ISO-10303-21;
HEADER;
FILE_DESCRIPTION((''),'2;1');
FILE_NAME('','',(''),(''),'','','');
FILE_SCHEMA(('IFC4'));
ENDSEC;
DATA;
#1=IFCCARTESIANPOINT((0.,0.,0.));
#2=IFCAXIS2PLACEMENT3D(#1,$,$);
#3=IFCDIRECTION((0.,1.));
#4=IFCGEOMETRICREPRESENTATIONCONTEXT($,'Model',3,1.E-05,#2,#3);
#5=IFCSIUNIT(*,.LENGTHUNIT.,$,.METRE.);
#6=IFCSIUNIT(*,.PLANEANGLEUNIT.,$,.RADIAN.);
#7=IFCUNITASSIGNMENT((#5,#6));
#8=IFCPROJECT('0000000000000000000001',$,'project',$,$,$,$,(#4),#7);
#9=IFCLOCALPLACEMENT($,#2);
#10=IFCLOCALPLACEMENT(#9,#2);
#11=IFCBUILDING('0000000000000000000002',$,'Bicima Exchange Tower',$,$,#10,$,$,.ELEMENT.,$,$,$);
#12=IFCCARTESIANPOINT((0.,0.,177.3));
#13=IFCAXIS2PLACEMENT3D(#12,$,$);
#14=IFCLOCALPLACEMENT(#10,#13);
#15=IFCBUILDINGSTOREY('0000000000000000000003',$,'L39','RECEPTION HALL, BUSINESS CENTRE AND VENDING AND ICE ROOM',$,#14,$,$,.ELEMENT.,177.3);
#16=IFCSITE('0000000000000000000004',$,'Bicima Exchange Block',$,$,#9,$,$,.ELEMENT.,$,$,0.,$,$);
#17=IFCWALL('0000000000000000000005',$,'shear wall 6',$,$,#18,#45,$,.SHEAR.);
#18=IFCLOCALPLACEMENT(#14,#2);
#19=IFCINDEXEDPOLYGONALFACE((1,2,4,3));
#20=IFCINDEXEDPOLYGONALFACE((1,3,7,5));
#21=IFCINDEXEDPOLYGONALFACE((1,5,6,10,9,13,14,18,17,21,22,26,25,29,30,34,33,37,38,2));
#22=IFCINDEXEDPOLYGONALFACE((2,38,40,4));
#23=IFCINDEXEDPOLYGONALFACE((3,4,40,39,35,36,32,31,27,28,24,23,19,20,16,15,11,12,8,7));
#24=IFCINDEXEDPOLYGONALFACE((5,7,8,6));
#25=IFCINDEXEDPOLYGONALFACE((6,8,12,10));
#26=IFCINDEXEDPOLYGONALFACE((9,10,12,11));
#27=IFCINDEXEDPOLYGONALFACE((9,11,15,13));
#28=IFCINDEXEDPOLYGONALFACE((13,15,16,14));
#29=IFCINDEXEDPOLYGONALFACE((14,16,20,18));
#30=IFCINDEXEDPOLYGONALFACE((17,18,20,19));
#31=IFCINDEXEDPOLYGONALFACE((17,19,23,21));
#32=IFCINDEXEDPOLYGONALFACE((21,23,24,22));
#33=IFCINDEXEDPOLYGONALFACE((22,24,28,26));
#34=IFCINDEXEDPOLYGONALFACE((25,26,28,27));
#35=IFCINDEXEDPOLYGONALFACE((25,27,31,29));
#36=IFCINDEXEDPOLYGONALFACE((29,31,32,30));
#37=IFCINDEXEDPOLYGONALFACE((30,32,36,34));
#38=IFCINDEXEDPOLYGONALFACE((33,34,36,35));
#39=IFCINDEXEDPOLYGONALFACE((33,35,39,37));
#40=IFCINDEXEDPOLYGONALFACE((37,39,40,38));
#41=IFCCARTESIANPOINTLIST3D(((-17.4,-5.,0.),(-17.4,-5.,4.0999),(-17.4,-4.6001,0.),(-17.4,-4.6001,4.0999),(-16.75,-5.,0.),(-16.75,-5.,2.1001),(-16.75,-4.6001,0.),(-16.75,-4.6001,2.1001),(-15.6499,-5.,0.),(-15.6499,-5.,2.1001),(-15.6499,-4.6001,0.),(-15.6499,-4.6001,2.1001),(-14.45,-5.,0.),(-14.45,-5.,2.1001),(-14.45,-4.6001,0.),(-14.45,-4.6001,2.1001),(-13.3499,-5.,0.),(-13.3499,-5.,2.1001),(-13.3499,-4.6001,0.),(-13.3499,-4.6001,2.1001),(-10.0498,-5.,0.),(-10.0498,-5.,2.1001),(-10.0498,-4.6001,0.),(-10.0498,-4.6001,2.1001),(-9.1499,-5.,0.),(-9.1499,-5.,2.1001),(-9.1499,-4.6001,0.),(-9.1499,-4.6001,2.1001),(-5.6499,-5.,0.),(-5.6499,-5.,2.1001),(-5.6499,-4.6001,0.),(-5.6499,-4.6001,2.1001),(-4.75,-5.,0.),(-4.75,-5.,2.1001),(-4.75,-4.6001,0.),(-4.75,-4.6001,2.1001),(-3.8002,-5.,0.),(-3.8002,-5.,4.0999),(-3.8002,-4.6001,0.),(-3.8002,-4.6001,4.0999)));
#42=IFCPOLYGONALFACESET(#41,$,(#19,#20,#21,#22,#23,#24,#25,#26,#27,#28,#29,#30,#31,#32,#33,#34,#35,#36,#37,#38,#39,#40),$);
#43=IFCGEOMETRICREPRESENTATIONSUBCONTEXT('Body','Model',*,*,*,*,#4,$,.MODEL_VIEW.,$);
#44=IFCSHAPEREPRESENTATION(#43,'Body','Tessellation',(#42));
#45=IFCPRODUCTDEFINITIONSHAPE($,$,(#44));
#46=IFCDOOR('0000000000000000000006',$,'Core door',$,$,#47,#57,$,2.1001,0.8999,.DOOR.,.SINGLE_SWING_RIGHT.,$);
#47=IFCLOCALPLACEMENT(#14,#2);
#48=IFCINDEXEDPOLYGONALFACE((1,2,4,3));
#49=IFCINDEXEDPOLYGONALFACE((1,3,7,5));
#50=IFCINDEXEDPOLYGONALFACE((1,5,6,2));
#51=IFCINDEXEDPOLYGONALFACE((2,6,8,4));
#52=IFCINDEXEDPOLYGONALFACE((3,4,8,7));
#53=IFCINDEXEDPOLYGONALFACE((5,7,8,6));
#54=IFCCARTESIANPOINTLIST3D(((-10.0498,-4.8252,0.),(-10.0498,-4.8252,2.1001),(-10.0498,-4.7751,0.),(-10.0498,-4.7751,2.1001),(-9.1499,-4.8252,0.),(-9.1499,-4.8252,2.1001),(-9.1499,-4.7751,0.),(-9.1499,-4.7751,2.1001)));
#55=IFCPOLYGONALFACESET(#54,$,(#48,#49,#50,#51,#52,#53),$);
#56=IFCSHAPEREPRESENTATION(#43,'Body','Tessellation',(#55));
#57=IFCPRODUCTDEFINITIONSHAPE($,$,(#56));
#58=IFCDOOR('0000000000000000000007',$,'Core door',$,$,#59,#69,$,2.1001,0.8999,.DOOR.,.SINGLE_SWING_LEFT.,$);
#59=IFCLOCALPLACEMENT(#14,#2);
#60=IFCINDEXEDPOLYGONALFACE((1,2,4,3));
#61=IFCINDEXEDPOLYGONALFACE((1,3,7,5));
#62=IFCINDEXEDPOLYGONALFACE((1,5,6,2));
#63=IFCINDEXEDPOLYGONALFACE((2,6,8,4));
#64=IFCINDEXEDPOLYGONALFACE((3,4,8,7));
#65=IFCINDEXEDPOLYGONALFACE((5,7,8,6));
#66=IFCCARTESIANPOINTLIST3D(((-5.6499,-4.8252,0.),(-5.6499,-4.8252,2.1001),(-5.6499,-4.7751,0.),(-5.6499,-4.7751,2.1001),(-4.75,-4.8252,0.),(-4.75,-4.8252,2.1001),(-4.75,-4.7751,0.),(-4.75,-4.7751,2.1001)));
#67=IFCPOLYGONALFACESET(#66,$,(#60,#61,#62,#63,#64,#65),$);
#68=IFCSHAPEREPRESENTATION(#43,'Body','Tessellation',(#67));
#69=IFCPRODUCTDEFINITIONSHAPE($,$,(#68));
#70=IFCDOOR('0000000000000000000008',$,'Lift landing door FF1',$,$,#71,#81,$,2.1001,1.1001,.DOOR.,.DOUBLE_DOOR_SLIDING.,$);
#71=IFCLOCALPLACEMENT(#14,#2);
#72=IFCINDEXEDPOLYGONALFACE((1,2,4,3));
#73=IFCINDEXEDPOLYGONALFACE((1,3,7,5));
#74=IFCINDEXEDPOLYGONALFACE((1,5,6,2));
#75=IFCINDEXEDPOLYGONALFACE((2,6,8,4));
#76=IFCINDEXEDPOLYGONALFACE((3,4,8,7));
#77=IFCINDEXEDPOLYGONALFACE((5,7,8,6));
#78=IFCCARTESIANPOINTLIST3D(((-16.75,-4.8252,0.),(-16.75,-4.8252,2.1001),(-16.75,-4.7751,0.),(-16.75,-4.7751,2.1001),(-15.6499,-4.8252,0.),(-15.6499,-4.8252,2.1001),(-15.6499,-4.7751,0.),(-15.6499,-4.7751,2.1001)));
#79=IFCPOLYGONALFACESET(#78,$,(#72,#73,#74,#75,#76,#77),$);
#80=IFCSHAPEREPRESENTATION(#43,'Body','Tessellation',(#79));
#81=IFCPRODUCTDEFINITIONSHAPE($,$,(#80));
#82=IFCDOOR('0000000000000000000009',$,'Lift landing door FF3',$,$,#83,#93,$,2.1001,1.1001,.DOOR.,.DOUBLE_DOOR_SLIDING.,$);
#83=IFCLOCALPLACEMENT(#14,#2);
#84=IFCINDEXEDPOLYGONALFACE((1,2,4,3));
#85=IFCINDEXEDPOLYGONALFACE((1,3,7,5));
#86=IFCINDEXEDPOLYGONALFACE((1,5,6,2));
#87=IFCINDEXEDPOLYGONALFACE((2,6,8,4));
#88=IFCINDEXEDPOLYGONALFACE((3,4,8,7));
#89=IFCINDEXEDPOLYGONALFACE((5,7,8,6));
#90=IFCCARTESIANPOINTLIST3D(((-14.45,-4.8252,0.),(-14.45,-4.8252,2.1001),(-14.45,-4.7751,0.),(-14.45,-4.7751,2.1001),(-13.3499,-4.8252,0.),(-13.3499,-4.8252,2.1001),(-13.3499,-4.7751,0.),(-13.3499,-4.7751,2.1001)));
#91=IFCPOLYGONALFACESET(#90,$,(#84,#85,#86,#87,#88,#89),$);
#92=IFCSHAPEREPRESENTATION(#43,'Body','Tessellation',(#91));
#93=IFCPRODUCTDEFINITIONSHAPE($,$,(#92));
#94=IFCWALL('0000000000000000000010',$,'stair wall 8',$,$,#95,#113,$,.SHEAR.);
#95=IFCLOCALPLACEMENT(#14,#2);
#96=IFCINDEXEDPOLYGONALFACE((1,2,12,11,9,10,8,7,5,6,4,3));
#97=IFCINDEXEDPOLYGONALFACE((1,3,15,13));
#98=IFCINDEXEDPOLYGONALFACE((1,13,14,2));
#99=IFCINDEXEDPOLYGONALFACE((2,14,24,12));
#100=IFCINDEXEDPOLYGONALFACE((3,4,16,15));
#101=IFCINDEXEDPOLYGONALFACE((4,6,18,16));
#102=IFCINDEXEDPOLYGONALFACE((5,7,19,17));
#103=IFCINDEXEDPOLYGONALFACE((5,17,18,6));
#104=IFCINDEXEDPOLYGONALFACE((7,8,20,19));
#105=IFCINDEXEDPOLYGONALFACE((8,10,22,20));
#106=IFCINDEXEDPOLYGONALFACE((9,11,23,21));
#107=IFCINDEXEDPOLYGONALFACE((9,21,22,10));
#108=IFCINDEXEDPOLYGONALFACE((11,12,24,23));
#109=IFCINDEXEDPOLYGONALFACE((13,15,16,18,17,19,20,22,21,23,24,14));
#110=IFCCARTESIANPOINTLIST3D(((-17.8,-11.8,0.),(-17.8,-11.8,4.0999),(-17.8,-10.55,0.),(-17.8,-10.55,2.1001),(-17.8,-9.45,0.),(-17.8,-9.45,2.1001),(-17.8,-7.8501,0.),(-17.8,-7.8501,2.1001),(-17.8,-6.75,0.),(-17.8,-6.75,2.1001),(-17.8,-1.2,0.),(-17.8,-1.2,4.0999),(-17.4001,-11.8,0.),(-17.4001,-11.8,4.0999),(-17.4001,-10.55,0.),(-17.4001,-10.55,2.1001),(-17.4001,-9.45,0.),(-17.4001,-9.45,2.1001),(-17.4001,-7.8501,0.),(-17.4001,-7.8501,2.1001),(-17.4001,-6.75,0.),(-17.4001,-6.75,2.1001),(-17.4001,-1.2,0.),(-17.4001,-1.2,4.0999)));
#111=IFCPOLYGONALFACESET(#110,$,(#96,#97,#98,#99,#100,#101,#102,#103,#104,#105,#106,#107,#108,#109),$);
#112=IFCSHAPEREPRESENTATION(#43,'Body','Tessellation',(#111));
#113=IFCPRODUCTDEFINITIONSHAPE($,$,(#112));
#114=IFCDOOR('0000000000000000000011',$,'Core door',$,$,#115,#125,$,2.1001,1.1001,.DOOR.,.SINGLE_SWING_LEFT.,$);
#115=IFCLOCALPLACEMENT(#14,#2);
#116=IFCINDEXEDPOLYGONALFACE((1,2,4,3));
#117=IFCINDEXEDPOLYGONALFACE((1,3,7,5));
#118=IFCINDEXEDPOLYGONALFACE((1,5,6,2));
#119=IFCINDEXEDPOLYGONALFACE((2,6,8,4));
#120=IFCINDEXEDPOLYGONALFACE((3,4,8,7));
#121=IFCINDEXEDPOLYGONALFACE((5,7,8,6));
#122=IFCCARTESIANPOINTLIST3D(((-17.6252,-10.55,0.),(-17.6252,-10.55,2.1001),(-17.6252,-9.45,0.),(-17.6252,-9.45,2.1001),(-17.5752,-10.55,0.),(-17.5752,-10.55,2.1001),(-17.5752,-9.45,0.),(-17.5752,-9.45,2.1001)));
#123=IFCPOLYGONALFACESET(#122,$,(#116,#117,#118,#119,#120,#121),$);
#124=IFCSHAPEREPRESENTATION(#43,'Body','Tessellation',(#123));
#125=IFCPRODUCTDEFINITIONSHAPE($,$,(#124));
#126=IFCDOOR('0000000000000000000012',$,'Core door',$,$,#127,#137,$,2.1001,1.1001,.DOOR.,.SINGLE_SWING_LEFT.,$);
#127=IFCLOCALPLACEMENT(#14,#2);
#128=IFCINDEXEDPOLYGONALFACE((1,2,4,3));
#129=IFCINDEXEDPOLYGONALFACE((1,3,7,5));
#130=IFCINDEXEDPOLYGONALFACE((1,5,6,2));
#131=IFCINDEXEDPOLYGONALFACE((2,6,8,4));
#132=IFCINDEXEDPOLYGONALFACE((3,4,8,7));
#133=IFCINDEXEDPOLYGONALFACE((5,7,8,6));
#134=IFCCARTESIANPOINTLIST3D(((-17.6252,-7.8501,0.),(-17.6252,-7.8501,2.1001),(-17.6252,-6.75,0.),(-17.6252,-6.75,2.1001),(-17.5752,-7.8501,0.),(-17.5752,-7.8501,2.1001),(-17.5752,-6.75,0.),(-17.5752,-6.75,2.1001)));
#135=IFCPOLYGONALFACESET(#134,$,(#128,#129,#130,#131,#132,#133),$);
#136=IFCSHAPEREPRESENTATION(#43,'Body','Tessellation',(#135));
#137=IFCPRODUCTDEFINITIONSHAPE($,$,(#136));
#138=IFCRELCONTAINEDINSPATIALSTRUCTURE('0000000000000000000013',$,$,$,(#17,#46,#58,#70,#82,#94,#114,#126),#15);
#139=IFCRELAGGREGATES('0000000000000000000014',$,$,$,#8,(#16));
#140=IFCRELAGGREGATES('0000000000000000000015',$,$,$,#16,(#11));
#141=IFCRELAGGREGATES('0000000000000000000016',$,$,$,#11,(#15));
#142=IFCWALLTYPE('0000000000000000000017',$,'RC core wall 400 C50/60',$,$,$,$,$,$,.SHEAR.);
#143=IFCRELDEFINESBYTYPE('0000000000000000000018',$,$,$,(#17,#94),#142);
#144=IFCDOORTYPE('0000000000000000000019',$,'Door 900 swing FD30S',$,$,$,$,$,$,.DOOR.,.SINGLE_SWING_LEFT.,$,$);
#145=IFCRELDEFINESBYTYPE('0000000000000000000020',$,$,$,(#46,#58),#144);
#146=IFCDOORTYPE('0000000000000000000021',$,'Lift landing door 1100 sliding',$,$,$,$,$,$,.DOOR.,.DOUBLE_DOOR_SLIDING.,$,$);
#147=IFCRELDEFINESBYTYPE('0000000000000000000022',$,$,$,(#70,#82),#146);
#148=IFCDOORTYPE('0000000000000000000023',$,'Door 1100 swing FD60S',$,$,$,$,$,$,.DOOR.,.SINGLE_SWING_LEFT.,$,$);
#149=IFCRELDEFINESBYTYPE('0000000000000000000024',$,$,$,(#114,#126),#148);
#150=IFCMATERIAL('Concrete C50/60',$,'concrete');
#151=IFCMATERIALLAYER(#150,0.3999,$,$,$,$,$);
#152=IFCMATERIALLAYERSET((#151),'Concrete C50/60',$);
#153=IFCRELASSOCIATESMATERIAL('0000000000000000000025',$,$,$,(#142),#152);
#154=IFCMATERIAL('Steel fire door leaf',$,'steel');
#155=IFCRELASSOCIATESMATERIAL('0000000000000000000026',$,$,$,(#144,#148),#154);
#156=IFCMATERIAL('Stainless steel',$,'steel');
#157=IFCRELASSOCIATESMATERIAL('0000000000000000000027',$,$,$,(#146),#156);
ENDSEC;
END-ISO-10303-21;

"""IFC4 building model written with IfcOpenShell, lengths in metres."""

from ifc_helpers import new_model, si_unit, direction, frame, frame_2d, origin, place, context, subcontext, project, spatial, rectangle, extrude, material, layer, layer_set, type_object, element, fill, save


model = new_model("IFC4")

# Units and contexts
model_context = context("Model", 3, precision=1e-05, world=origin(), true_north=direction((0.0, 1.0)))
body_context = subcontext(model_context, "Body", "Model", "MODEL_VIEW")
ifc_project = project(units=[si_unit("LENGTHUNIT", "METRE"), si_unit("PLANEANGLEUNIT", "RADIAN")], contexts=[model_context])

# Site, building, storey
site_placement = place(None, origin())
site = spatial("IfcSite", under=ifc_project, at=site_placement, Name="Bicima Exchange Block", CompositionType="ELEMENT", RefElevation=0.0)
building_placement = place(site_placement, origin())
building = spatial("IfcBuilding", under=site, at=building_placement, Name="Bicima Exchange Tower", CompositionType="ELEMENT")
storey_placement = place(building_placement, frame((0.0, 0.0, 177.3)))
storey = spatial("IfcBuildingStorey", under=building, at=storey_placement, Name="L39", Description="RECEPTION HALL, BUSINESS CENTRE AND VENDING AND ICE ROOM", CompositionType="ELEMENT", Elevation=177.3)

# Walls, openings, doors
ifc_material_1 = material(Name="Concrete C50/60", Category="concrete")
ifc_layer_1 = layer(ifc_material_1, 0.3999)
ifc_layer_set_1 = layer_set([ifc_layer_1], Name="Concrete C50/60")
wall_type_1 = type_object("IfcWallType", Name="RC core wall 400 C50/60", PredefinedType="SHEAR", material=ifc_layer_set_1)
ifc_material_2 = material(Name="Steel fire door leaf", Category="steel")
door_type_1 = type_object("IfcDoorType", Name="Door 900 swing FD30S", OperationType="SINGLE_SWING_LEFT", PredefinedType="DOOR", material=ifc_material_2)
ifc_material_3 = material(Name="Stainless steel", Category="steel")
wall_1_placement = place(storey_placement, frame((-17.3999, -4.8, 0.0), z_axis=(0.0, 0.0, 1.0), x_axis=(1.0, 0.0, 0.0)))
wall_1 = element("IfcWall", 1, at=wall_1_placement, inside=storey, type_object=wall_type_1, Name="shear wall 6", PredefinedType="SHEAR", context=body_context, shape_type="SweptSolid", body=[
    extrude(rectangle(XDim=13.5999, YDim=0.3999, at=frame_2d((6.7998, 0.0))), origin(), (0.0, 0.0, 1.0), 4.0999),
])
opening_1_placement = place(wall_1_placement, frame((0.6499, 0.0, 0.0)))
opening_1 = element("IfcOpeningElement", 2, at=opening_1_placement, cuts=wall_1, PredefinedType="OPENING", context=body_context, shape_type="SweptSolid", body=[
    extrude(rectangle(XDim=1.1001, YDim=2.1001, at=frame_2d((0.55, 1.05))), frame((0.0, 0.2119, 0.0), z_axis=(0.0, -1.0, 0.0), x_axis=(1.0, 0.0, 0.0)), (0.0, 0.0, 1.0), 0.4238),
])
opening_2_placement = place(wall_1_placement, frame((2.95, 0.0, 0.0)))
opening_2 = element("IfcOpeningElement", 3, at=opening_2_placement, cuts=wall_1, PredefinedType="OPENING", context=body_context, shape_type="SweptSolid", body=[
    extrude(rectangle(XDim=1.1001, YDim=2.1001, at=frame_2d((0.55, 1.05))), frame((0.0, 0.2119, 0.0), z_axis=(0.0, -1.0, 0.0), x_axis=(1.0, 0.0, 0.0)), (0.0, 0.0, 1.0), 0.4238),
])
opening_3_placement = place(wall_1_placement, frame((7.3501, 0.0, 0.0)))
opening_3 = element("IfcOpeningElement", 4, at=opening_3_placement, cuts=wall_1, PredefinedType="OPENING", context=body_context, shape_type="SweptSolid", body=[
    extrude(rectangle(XDim=0.8999, YDim=2.1001, at=frame_2d((0.45, 1.05))), frame((0.0, 0.2119, 0.0), z_axis=(0.0, -1.0, 0.0), x_axis=(1.0, 0.0, 0.0)), (0.0, 0.0, 1.0), 0.4238),
])
opening_4_placement = place(wall_1_placement, frame((11.75, 0.0, 0.0)))
opening_4 = element("IfcOpeningElement", 5, at=opening_4_placement, cuts=wall_1, PredefinedType="OPENING", context=body_context, shape_type="SweptSolid", body=[
    extrude(rectangle(XDim=0.8999, YDim=2.1001, at=frame_2d((0.45, 1.05))), frame((0.0, 0.2119, 0.0), z_axis=(0.0, -1.0, 0.0), x_axis=(1.0, 0.0, 0.0)), (0.0, 0.0, 1.0), 0.4238),
])
door_1_placement = place(opening_3_placement, origin())
door_1 = element("IfcDoor", 6, at=door_1_placement, inside=storey, type_object=door_type_1, Name="Core door", OperationType="SINGLE_SWING_RIGHT", OverallHeight=2.1001, OverallWidth=0.8999, PredefinedType="DOOR", context=body_context, shape_type="SweptSolid", body=[
    extrude(rectangle(XDim=0.8999, YDim=2.1001, at=frame_2d((0.45, 1.05))), frame((0.0, 0.0249, 0.0), z_axis=(0.0, -1.0, 0.0), x_axis=(1.0, 0.0, 0.0)), (0.0, 0.0, 1.0), 0.05),
])
fill(opening_3, door_1)
door_2_placement = place(opening_4_placement, origin())
door_2 = element("IfcDoor", 7, at=door_2_placement, inside=storey, type_object=door_type_1, Name="Core door", OperationType="SINGLE_SWING_LEFT", OverallHeight=2.1001, OverallWidth=0.8999, PredefinedType="DOOR", context=body_context, shape_type="SweptSolid", body=[
    extrude(rectangle(XDim=0.8999, YDim=2.1001, at=frame_2d((0.45, 1.05))), frame((0.0, 0.0249, 0.0), z_axis=(0.0, -1.0, 0.0), x_axis=(1.0, 0.0, 0.0)), (0.0, 0.0, 1.0), 0.05),
])
fill(opening_4, door_2)
door_type_2 = type_object("IfcDoorType", Name="Lift landing door 1100 sliding", OperationType="DOUBLE_DOOR_SLIDING", PredefinedType="DOOR", material=ifc_material_3)
door_3_placement = place(opening_1_placement, origin())
door_3 = element("IfcDoor", 8, at=door_3_placement, inside=storey, type_object=door_type_2, Name="Lift landing door FF1", OperationType="DOUBLE_DOOR_SLIDING", OverallHeight=2.1001, OverallWidth=1.1001, PredefinedType="DOOR", context=body_context, shape_type="SweptSolid", body=[
    extrude(rectangle(XDim=1.1001, YDim=2.1001, at=frame_2d((0.55, 1.05))), frame((0.0, 0.0249, 0.0), z_axis=(0.0, -1.0, 0.0), x_axis=(1.0, 0.0, 0.0)), (0.0, 0.0, 1.0), 0.05),
])
fill(opening_1, door_3)
door_4_placement = place(opening_2_placement, origin())
door_4 = element("IfcDoor", 9, at=door_4_placement, inside=storey, type_object=door_type_2, Name="Lift landing door FF3", OperationType="DOUBLE_DOOR_SLIDING", OverallHeight=2.1001, OverallWidth=1.1001, PredefinedType="DOOR", context=body_context, shape_type="SweptSolid", body=[
    extrude(rectangle(XDim=1.1001, YDim=2.1001, at=frame_2d((0.55, 1.05))), frame((0.0, 0.0249, 0.0), z_axis=(0.0, -1.0, 0.0), x_axis=(1.0, 0.0, 0.0)), (0.0, 0.0, 1.0), 0.05),
])
fill(opening_2, door_4)
wall_2_placement = place(storey_placement, frame((-17.6001, -11.8, 0.0), z_axis=(0.0, 0.0, 1.0), x_axis=(0.0, 1.0, 0.0)))
wall_2 = element("IfcWall", 10, at=wall_2_placement, inside=storey, type_object=wall_type_1, Name="stair wall 8", PredefinedType="SHEAR", context=body_context, shape_type="SweptSolid", body=[
    extrude(rectangle(XDim=10.6001, YDim=0.3999, at=frame_2d((5.3, 0.0))), origin(), (0.0, 0.0, 1.0), 4.0999),
])
opening_5_placement = place(wall_2_placement, frame((1.25, 0.0, 0.0)))
opening_5 = element("IfcOpeningElement", 11, at=opening_5_placement, cuts=wall_2, PredefinedType="OPENING", context=body_context, shape_type="SweptSolid", body=[
    extrude(rectangle(XDim=1.1001, YDim=2.1001, at=frame_2d((0.55, 1.05))), frame((0.0, 0.2119, 0.0), z_axis=(0.0, -1.0, 0.0), x_axis=(1.0, 0.0, 0.0)), (0.0, 0.0, 1.0), 0.4238),
])
opening_6_placement = place(wall_2_placement, frame((3.95, 0.0, 0.0)))
opening_6 = element("IfcOpeningElement", 12, at=opening_6_placement, cuts=wall_2, PredefinedType="OPENING", context=body_context, shape_type="SweptSolid", body=[
    extrude(rectangle(XDim=1.1001, YDim=2.1001, at=frame_2d((0.55, 1.05))), frame((0.0, 0.2119, 0.0), z_axis=(0.0, -1.0, 0.0), x_axis=(1.0, 0.0, 0.0)), (0.0, 0.0, 1.0), 0.4238),
])
door_type_3 = type_object("IfcDoorType", Name="Door 1100 swing FD60S", OperationType="SINGLE_SWING_LEFT", PredefinedType="DOOR", material=ifc_material_2)
door_5_placement = place(opening_5_placement, frame((1.1001, 0.0, 0.0), z_axis=(0.0, 0.0, 1.0), x_axis=(-1.0, 0.0, 0.0)))
door_5 = element("IfcDoor", 13, at=door_5_placement, inside=storey, type_object=door_type_3, Name="Core door", OperationType="SINGLE_SWING_LEFT", OverallHeight=2.1001, OverallWidth=1.1001, PredefinedType="DOOR", context=body_context, shape_type="SweptSolid", body=[
    extrude(rectangle(XDim=1.1001, YDim=2.1001, at=frame_2d((0.55, 1.05))), frame((0.0, 0.0249, 0.0), z_axis=(0.0, -1.0, 0.0), x_axis=(1.0, 0.0, 0.0)), (0.0, 0.0, 1.0), 0.05),
])
fill(opening_5, door_5)
door_6_placement = place(opening_6_placement, frame((1.1001, 0.0, 0.0), z_axis=(0.0, 0.0, 1.0), x_axis=(-1.0, 0.0, 0.0)))
door_6 = element("IfcDoor", 14, at=door_6_placement, inside=storey, type_object=door_type_3, Name="Core door", OperationType="SINGLE_SWING_LEFT", OverallHeight=2.1001, OverallWidth=1.1001, PredefinedType="DOOR", context=body_context, shape_type="SweptSolid", body=[
    extrude(rectangle(XDim=1.1001, YDim=2.1001, at=frame_2d((0.55, 1.05))), frame((0.0, 0.0249, 0.0), z_axis=(0.0, -1.0, 0.0), x_axis=(1.0, 0.0, 0.0)), (0.0, 0.0, 1.0), 0.05),
])
fill(opening_6, door_6)

save(model, "model.ifc")
